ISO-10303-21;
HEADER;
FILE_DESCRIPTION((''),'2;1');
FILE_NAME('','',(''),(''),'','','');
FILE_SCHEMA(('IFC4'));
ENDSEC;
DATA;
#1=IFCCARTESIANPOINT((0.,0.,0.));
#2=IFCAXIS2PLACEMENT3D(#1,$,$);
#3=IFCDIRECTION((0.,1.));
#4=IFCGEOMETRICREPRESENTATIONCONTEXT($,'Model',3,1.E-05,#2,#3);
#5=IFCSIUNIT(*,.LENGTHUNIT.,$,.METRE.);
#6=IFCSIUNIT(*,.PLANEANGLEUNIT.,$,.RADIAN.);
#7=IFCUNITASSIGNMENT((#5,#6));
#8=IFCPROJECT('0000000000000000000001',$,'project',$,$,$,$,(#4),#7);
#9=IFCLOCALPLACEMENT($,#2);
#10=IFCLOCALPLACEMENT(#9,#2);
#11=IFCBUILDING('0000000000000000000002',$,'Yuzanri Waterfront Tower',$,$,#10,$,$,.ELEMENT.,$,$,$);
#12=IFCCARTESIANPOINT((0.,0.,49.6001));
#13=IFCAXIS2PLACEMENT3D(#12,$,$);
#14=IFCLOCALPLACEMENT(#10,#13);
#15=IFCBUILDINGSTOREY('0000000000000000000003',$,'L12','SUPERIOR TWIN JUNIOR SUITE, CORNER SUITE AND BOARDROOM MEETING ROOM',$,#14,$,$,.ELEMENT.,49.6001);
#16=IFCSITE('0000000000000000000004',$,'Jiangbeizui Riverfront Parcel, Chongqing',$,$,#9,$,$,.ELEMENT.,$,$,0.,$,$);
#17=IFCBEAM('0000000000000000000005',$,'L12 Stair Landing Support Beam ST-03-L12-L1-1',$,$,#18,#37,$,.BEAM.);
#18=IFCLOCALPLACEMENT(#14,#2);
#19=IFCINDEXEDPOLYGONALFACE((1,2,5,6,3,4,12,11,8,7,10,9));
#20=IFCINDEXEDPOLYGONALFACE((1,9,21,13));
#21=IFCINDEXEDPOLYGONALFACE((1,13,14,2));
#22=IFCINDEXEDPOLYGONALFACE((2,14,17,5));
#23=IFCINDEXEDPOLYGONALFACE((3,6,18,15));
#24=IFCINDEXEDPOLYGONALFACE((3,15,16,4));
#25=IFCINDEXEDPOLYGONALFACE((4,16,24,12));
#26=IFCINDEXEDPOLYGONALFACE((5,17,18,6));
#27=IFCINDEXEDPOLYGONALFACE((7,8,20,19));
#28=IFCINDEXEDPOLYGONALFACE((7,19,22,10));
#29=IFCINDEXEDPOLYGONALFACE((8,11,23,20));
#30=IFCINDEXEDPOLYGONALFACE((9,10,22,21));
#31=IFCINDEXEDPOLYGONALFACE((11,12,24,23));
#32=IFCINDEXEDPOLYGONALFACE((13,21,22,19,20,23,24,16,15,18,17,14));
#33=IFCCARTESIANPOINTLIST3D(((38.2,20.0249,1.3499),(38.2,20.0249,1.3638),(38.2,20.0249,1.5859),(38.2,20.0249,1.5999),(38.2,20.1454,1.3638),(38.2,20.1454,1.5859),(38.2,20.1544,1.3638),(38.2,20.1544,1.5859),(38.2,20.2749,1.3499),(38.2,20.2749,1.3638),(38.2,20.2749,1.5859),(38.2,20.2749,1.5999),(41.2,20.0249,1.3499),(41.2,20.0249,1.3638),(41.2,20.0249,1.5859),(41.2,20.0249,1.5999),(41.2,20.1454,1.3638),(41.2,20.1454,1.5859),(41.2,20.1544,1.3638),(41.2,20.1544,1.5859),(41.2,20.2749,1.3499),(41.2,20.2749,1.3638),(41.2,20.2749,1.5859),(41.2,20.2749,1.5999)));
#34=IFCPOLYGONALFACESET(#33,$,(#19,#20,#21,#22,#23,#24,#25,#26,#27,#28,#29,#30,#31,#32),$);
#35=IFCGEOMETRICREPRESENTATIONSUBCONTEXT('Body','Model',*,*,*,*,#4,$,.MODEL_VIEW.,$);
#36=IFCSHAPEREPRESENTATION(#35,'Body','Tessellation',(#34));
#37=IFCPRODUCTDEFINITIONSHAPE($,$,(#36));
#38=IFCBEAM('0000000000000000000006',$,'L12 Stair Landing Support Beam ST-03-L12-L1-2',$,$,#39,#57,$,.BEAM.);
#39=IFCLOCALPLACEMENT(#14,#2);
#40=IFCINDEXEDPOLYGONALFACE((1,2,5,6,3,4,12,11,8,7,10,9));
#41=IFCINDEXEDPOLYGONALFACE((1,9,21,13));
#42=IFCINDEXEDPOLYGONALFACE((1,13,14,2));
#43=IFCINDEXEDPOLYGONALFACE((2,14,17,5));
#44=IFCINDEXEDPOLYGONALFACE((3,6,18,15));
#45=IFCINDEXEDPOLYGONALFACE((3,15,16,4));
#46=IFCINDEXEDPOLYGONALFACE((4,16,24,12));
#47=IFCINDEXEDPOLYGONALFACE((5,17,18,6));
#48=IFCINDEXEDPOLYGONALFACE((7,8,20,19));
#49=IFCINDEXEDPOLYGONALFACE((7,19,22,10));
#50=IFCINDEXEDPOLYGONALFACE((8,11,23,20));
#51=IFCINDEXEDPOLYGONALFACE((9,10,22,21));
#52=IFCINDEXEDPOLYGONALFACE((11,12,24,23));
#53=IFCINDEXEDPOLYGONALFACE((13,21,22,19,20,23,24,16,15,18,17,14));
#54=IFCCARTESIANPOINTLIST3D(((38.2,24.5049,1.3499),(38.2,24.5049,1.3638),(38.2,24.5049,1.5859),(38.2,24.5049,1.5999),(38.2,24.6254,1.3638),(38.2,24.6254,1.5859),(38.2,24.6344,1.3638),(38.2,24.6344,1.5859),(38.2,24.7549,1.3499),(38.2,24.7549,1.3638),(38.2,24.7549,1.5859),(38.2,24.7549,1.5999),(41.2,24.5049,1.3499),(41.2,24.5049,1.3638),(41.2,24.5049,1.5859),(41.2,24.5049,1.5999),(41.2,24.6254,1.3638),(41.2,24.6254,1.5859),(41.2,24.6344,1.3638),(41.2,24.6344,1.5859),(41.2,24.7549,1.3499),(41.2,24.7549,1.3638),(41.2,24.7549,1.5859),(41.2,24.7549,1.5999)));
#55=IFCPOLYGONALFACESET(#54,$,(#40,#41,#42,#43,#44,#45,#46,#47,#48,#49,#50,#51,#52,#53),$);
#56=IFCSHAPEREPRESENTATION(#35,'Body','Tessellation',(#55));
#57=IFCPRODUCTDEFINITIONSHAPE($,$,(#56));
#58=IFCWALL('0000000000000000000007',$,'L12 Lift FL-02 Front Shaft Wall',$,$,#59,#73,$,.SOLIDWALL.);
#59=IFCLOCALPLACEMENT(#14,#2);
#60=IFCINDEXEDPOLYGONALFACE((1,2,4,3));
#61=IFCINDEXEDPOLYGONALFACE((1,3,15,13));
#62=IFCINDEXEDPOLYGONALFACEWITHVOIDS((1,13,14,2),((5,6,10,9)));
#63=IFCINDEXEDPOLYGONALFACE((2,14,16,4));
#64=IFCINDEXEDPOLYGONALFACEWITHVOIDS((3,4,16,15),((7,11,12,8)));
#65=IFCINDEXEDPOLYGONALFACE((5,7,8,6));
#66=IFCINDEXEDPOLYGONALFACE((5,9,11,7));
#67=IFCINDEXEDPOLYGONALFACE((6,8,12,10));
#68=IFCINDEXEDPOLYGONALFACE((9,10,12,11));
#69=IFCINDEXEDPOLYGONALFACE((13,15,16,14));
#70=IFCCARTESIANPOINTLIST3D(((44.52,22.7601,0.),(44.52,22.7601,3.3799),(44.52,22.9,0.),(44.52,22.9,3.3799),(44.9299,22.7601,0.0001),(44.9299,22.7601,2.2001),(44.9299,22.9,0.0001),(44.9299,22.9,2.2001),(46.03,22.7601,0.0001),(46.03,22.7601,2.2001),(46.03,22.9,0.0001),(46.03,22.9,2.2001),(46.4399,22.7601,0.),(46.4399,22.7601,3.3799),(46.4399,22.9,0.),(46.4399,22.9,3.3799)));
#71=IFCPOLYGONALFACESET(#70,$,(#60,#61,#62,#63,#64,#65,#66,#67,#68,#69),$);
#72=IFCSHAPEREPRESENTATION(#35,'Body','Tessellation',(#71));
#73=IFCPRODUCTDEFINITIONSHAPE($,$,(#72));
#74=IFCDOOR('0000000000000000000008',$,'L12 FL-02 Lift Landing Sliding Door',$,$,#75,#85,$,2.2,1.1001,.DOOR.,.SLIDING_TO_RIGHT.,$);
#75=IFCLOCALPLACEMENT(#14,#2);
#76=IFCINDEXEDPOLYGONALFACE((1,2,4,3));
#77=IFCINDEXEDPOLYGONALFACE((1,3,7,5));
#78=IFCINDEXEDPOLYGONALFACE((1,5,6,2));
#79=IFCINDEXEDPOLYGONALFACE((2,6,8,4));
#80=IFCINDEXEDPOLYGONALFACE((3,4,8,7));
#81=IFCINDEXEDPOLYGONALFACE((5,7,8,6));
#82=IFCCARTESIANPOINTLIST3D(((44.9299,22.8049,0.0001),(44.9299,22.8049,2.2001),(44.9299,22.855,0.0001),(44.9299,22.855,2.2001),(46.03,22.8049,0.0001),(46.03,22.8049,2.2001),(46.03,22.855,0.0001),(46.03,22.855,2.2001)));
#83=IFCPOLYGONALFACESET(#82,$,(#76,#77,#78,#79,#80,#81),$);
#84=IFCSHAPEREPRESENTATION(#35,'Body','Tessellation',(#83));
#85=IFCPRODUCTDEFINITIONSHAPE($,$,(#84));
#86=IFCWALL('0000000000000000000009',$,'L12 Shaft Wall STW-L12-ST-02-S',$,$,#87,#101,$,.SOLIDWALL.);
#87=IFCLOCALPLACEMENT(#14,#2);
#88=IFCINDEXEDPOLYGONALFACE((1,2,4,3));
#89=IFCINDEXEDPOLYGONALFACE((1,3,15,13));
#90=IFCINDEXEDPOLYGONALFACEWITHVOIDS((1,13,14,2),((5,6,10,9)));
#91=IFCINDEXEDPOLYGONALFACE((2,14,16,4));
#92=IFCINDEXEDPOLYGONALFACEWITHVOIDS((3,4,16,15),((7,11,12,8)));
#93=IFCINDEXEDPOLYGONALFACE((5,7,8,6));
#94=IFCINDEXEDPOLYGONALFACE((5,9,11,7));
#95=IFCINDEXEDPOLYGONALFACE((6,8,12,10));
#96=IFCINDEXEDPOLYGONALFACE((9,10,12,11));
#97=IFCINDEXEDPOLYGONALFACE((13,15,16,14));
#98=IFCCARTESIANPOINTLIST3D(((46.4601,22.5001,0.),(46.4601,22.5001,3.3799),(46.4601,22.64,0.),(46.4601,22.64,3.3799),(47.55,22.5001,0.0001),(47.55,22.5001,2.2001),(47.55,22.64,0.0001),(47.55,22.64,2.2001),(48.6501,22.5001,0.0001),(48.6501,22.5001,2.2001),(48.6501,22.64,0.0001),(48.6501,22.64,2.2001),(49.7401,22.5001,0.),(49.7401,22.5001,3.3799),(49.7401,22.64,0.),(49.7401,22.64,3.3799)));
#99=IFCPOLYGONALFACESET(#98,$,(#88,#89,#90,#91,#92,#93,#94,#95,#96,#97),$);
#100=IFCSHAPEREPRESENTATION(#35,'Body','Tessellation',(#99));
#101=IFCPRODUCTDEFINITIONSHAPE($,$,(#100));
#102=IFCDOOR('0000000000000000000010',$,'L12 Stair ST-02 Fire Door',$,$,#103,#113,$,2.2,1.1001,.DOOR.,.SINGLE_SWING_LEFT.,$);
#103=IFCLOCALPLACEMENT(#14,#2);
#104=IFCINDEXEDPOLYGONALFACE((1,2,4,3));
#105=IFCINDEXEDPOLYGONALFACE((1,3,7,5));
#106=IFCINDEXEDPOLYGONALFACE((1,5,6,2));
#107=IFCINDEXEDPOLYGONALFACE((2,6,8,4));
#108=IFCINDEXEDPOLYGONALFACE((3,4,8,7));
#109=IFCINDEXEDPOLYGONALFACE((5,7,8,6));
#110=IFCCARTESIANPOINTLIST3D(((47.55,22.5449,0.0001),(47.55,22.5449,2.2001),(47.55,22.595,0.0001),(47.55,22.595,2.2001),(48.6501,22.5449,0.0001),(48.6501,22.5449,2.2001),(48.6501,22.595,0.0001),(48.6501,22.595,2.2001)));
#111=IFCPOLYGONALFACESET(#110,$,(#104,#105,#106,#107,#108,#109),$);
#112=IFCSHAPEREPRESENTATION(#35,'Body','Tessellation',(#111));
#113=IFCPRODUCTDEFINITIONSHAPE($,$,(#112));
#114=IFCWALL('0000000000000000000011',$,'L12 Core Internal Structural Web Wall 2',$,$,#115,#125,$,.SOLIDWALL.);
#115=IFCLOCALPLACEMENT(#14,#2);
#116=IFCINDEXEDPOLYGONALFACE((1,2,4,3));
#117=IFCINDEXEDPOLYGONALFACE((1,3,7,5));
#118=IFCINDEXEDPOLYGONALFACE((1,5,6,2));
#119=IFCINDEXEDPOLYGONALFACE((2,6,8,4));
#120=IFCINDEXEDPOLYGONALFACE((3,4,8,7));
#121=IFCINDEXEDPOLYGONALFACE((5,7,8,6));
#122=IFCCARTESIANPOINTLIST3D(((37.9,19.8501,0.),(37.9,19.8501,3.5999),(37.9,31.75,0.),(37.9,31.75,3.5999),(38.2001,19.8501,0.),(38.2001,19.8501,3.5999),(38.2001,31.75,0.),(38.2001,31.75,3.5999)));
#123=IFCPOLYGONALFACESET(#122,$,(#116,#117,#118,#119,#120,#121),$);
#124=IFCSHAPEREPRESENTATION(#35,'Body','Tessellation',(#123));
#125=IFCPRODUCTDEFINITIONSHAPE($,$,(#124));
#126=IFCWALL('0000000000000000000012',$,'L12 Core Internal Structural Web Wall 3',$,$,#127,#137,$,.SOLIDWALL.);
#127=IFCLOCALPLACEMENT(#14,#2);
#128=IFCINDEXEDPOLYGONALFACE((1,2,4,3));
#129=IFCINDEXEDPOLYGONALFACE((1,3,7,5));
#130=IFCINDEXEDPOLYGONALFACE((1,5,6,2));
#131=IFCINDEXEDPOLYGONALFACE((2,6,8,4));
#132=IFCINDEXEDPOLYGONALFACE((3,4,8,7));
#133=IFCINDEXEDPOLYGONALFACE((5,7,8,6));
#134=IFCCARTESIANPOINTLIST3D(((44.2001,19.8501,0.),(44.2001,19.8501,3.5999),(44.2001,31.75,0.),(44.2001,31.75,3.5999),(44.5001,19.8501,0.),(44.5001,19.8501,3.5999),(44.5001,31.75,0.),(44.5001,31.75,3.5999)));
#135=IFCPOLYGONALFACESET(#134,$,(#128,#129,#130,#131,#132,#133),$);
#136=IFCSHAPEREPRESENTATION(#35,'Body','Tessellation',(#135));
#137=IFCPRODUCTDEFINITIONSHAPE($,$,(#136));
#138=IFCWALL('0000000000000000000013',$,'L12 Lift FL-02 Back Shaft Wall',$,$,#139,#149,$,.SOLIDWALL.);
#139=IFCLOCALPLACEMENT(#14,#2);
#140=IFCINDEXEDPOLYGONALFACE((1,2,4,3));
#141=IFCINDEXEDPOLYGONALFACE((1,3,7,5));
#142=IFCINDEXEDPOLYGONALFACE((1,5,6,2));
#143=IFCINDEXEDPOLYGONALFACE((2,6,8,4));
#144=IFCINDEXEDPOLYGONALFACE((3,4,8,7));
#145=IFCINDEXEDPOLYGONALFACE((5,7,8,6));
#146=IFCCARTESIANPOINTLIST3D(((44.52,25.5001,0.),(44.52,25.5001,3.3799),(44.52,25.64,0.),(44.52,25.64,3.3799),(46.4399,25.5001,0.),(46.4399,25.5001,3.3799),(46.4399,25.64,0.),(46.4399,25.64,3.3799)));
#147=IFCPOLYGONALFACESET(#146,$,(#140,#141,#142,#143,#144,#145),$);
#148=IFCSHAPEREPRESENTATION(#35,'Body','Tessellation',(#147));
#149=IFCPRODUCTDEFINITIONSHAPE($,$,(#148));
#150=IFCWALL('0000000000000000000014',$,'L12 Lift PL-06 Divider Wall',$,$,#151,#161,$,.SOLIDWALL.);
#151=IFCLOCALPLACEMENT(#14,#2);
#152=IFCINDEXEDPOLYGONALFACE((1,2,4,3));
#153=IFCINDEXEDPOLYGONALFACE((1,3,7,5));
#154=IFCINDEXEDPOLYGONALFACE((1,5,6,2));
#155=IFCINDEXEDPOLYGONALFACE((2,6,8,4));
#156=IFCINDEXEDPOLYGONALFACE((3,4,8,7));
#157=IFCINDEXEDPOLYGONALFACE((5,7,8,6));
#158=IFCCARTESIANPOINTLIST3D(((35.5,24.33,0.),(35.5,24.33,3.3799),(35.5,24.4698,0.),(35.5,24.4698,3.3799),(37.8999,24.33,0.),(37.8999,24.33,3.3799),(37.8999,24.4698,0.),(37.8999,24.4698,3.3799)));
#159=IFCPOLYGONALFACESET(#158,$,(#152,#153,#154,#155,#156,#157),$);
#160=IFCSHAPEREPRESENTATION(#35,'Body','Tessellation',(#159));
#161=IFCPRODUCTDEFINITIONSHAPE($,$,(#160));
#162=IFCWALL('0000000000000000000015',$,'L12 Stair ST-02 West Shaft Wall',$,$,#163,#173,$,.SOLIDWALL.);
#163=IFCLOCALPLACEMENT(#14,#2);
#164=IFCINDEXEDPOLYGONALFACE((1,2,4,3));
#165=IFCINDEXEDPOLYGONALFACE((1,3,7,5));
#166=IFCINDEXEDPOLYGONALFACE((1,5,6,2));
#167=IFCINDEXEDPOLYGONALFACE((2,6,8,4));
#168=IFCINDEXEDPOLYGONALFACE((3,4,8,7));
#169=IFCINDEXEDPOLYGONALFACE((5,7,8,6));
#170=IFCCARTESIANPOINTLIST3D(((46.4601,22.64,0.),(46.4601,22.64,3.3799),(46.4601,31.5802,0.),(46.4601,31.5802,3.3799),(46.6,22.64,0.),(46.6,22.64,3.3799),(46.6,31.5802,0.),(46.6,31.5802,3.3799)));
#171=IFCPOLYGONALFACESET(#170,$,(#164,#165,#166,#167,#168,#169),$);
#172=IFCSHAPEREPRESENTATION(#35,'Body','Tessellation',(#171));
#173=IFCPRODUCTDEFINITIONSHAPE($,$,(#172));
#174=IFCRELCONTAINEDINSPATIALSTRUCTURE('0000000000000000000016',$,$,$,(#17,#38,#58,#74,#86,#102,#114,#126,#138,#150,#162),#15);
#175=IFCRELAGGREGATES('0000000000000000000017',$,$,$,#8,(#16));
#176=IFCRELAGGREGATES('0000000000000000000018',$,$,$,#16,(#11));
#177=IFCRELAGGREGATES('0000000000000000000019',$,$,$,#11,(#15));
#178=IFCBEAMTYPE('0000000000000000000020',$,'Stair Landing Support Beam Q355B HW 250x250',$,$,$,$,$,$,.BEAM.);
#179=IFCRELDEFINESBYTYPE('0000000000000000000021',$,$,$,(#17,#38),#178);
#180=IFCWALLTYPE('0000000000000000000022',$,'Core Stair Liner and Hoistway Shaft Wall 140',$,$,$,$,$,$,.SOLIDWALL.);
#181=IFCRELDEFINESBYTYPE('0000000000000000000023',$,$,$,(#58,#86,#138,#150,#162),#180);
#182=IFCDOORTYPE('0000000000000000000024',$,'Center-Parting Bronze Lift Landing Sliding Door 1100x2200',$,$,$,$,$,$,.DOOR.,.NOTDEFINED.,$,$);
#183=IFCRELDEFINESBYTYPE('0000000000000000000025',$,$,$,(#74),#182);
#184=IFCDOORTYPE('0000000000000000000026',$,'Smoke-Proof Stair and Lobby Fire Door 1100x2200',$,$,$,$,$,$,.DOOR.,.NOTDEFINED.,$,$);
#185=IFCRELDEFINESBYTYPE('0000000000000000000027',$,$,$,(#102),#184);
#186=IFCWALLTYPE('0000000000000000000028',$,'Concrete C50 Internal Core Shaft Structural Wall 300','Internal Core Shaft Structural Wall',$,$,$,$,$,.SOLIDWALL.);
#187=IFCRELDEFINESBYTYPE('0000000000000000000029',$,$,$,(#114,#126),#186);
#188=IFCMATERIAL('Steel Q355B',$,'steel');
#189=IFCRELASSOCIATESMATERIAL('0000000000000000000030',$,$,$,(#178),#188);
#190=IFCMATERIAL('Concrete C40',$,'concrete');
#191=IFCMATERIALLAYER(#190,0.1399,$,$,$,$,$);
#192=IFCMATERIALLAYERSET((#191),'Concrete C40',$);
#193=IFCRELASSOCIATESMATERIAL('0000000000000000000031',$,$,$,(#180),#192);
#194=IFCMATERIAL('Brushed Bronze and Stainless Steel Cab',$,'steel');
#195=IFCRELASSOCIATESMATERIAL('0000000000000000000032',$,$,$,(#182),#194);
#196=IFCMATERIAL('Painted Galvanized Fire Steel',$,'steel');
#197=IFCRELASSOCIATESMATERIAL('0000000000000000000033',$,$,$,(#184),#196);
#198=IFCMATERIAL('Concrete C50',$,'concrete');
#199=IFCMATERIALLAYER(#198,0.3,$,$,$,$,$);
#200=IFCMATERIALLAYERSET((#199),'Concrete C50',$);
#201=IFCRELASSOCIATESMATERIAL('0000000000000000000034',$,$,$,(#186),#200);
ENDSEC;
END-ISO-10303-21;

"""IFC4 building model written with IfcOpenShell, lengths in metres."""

from ifc_helpers import new_model, si_unit, direction, frame, frame_2d, origin, origin_2d, place, context, subcontext, project, spatial, rectangle, i_section, extrude, source, transform, mapped, material, layer, layer_set, material_profile, profile_set, type_object, element, fill, save


model = new_model("IFC4")

# Units and contexts
model_context = context("Model", 3, precision=1e-05, world=origin(), true_north=direction((0.0, 1.0)))
body_context = subcontext(model_context, "Body", "Model", "MODEL_VIEW")
ifc_project = project(units=[si_unit("LENGTHUNIT", "METRE"), si_unit("PLANEANGLEUNIT", "RADIAN")], contexts=[model_context])

# Site, building, storey
site_placement = place(None, origin())
site = spatial("IfcSite", under=ifc_project, at=site_placement, Name="Jiangbeizui Riverfront Parcel, Chongqing", CompositionType="ELEMENT", RefElevation=0.0)
building_placement = place(site_placement, origin())
building = spatial("IfcBuilding", under=site, at=building_placement, Name="Yuzanri Waterfront Tower", CompositionType="ELEMENT")
storey_placement = place(building_placement, frame((0.0, 0.0, 49.6001)))
storey = spatial("IfcBuildingStorey", under=building, at=storey_placement, Name="L12", Description="SUPERIOR TWIN JUNIOR SUITE, CORNER SUITE AND BOARDROOM MEETING ROOM", CompositionType="ELEMENT", Elevation=49.6001)

# Beams
ifc_material_1 = material(Name="Steel Q355B", Category="steel")
ifc_material_profile = material_profile(ifc_material_1, i_section(OverallWidth=0.25, OverallDepth=0.25, WebThickness=0.009, FlangeThickness=0.0139, at=origin_2d()), Name="HW 250x250x9x14")
ifc_profile_set = profile_set([ifc_material_profile], Name="Steel Q355B")
beam_type = type_object("IfcBeamType", Name="Stair Landing Support Beam Q355B HW 250x250", PredefinedType="BEAM", material=ifc_profile_set)
shared_shape_1 = source(origin(), body_context, "Body", "SweptSolid", [
    extrude(i_section(OverallWidth=0.25, OverallDepth=0.25, WebThickness=0.009, FlangeThickness=0.0139, at=origin_2d()), origin(), (0.0, 0.0, 1.0), 3.0),
])
for number, where, z_axis, x_axis, name in (
    (1, (38.2, 20.1499, 1.4749), (1.0, 0.0, 0.0), (0.0, 1.0, 0.0), "L12 Stair Landing Support Beam ST-03-L12-L1-1"),
    (2, (38.2, 24.6299, 1.4749), (1.0, 0.0, 0.0), (0.0, 1.0, 0.0), "L12 Stair Landing Support Beam ST-03-L12-L1-2"),
):
    element("IfcBeam", number, at=place(storey_placement, frame(where, z_axis=z_axis, x_axis=x_axis)), inside=storey, type_object=beam_type, Name=name, PredefinedType="BEAM", context=body_context, shape_type="MappedRepresentation", body=[
        mapped(shared_shape_1, transform((0.0, 0.0, 0.0), scale=1.0)),
    ])

# Walls, openings, doors
ifc_material_2 = material(Name="Concrete C40", Category="concrete")
ifc_layer_1 = layer(ifc_material_2, 0.1399)
ifc_layer_set_1 = layer_set([ifc_layer_1], Name="Concrete C40")
wall_type_1 = type_object("IfcWallType", Name="Core Stair Liner and Hoistway Shaft Wall 140", PredefinedType="SOLIDWALL", material=ifc_layer_set_1)
wall_1_placement = place(storey_placement, frame((44.52, 22.8301, 0.0), z_axis=(0.0, 0.0, 1.0), x_axis=(1.0, 0.0, 0.0)))
wall_1 = element("IfcWall", 3, at=wall_1_placement, inside=storey, type_object=wall_type_1, Name="L12 Lift FL-02 Front Shaft Wall", PredefinedType="SOLIDWALL", context=body_context, shape_type="SweptSolid", body=[
    extrude(rectangle(XDim=1.9199, YDim=0.1399, at=frame_2d((0.96, 0.0))), origin(), (0.0, 0.0, 1.0), 3.3799),
])
opening_1_placement = place(wall_1_placement, frame((0.4099, 0.0, 0.0)))
opening_1 = element("IfcOpeningElement", 4, at=opening_1_placement, cuts=wall_1, PredefinedType="OPENING", context=body_context, shape_type="SweptSolid", body=[
    extrude(rectangle(XDim=1.1001, YDim=2.2, at=frame_2d((0.55, 1.1001))), frame((0.0, 0.085, 0.0), z_axis=(0.0, -1.0, 0.0), x_axis=(1.0, 0.0, 0.0)), (0.0, 0.0, 1.0), 0.1697),
])
ifc_material_3 = material(Name="Brushed Bronze and Stainless Steel Cab", Category="steel")
door_type_1 = type_object("IfcDoorType", Name="Center-Parting Bronze Lift Landing Sliding Door 1100x2200", OperationType="NOTDEFINED", PredefinedType="DOOR", material=ifc_material_3)
shared_shape_2 = source(origin(), body_context, "Body", "SweptSolid", [
    extrude(rectangle(XDim=1.1001, YDim=2.2, at=frame_2d((0.55, 1.1001))), frame((0.0, 0.0249, 0.0), z_axis=(0.0, -1.0, 0.0), x_axis=(1.0, 0.0, 0.0)), (0.0, 0.0, 1.0), 0.05),
])
door_1_placement = place(opening_1_placement, origin())
door_1 = element("IfcDoor", 5, at=door_1_placement, inside=storey, type_object=door_type_1, Name="L12 FL-02 Lift Landing Sliding Door", OperationType="SLIDING_TO_RIGHT", OverallHeight=2.2, OverallWidth=1.1001, PredefinedType="DOOR", context=body_context, shape_type="MappedRepresentation", body=[
    mapped(shared_shape_2, transform((0.0, 0.0, 0.0), scale=1.0)),
])
fill(opening_1, door_1)
wall_2_placement = place(storey_placement, frame((46.46, 22.5701, 0.0), z_axis=(0.0, 0.0, 1.0), x_axis=(1.0, 0.0, 0.0)))
wall_2 = element("IfcWall", 6, at=wall_2_placement, inside=storey, type_object=wall_type_1, Name="L12 Shaft Wall STW-L12-ST-02-S", PredefinedType="SOLIDWALL", context=body_context, shape_type="SweptSolid", body=[
    extrude(rectangle(XDim=3.28, YDim=0.1399, at=frame_2d((1.6401, 0.0))), origin(), (0.0, 0.0, 1.0), 3.3799),
])
opening_2_placement = place(wall_2_placement, frame((1.0901, 0.0, 0.0)))
opening_2 = element("IfcOpeningElement", 7, at=opening_2_placement, cuts=wall_2, PredefinedType="OPENING", context=body_context, shape_type="SweptSolid", body=[
    extrude(rectangle(XDim=1.1001, YDim=2.2, at=frame_2d((0.55, 1.1001))), frame((0.0, 0.085, 0.0), z_axis=(0.0, -1.0, 0.0), x_axis=(1.0, 0.0, 0.0)), (0.0, 0.0, 1.0), 0.1697),
])
ifc_material_4 = material(Name="Painted Galvanized Fire Steel", Category="steel")
door_type_2 = type_object("IfcDoorType", Name="Smoke-Proof Stair and Lobby Fire Door 1100x2200", OperationType="NOTDEFINED", PredefinedType="DOOR", material=ifc_material_4)
shared_shape_3 = source(origin(), body_context, "Body", "SweptSolid", [
    extrude(rectangle(XDim=1.1001, YDim=2.2, at=frame_2d((0.55, 1.1001))), frame((0.0, 0.0249, 0.0), z_axis=(0.0, -1.0, 0.0), x_axis=(1.0, 0.0, 0.0)), (0.0, 0.0, 1.0), 0.05),
])
door_2_placement = place(opening_2_placement, origin())
door_2 = element("IfcDoor", 8, at=door_2_placement, inside=storey, type_object=door_type_2, Name="L12 Stair ST-02 Fire Door", OperationType="SINGLE_SWING_LEFT", OverallHeight=2.2, OverallWidth=1.1001, PredefinedType="DOOR", context=body_context, shape_type="MappedRepresentation", body=[
    mapped(shared_shape_3, transform((0.0, 0.0, 0.0), scale=1.0)),
])
fill(opening_2, door_2)

# Walls
ifc_material_5 = material(Name="Concrete C50", Category="concrete")
ifc_layer_2 = layer(ifc_material_5, 0.3)
ifc_layer_set_2 = layer_set([ifc_layer_2], Name="Concrete C50")
wall_type_2 = type_object("IfcWallType", Name="Concrete C50 Internal Core Shaft Structural Wall 300", Description="Internal Core Shaft Structural Wall", PredefinedType="SOLIDWALL", material=ifc_layer_set_2)
shared_shape_4 = source(origin(), body_context, "Body", "SweptSolid", [
    extrude(rectangle(XDim=11.8999, YDim=0.3, at=frame_2d((5.95, 0.0))), origin(), (0.0, 0.0, 1.0), 3.5999),
])
for number, where, z_axis, x_axis, name in (
    (9, (38.05, 19.8501, 0.0), (0.0, 0.0, 1.0), (0.0, 1.0, 0.0), "L12 Core Internal Structural Web Wall 2"),
    (10, (44.3501, 19.8501, 0.0), (0.0, 0.0, 1.0), (0.0, 1.0, 0.0), "L12 Core Internal Structural Web Wall 3"),
):
    element("IfcWall", number, at=place(storey_placement, frame(where, z_axis=z_axis, x_axis=x_axis)), inside=storey, type_object=wall_type_2, Name=name, PredefinedType="SOLIDWALL", context=body_context, shape_type="MappedRepresentation", body=[
        mapped(shared_shape_4, transform((0.0, 0.0, 0.0), scale=1.0)),
    ])
shared_shape_5 = source(origin(), body_context, "Body", "SweptSolid", [
    extrude(rectangle(XDim=1.9199, YDim=0.1399, at=frame_2d((0.96, 0.0))), origin(), (0.0, 0.0, 1.0), 3.3799),
])
wall_3_placement = place(storey_placement, frame((44.52, 25.5701, 0.0), z_axis=(0.0, 0.0, 1.0), x_axis=(1.0, 0.0, 0.0)))
element("IfcWall", 11, at=wall_3_placement, inside=storey, type_object=wall_type_1, Name="L12 Lift FL-02 Back Shaft Wall", PredefinedType="SOLIDWALL", context=body_context, shape_type="MappedRepresentation", body=[
    mapped(shared_shape_5, transform((0.0, 0.0, 0.0), scale=1.0)),
])
shared_shape_6 = source(origin(), body_context, "Body", "SweptSolid", [
    extrude(rectangle(XDim=2.3999, YDim=0.1399, at=frame_2d((1.2, 0.0))), origin(), (0.0, 0.0, 1.0), 3.3799),
])
wall_4_placement = place(storey_placement, frame((35.5, 24.3999, 0.0), z_axis=(0.0, 0.0, 1.0), x_axis=(1.0, 0.0, 0.0)))
element("IfcWall", 12, at=wall_4_placement, inside=storey, type_object=wall_type_1, Name="L12 Lift PL-06 Divider Wall", PredefinedType="SOLIDWALL", context=body_context, shape_type="MappedRepresentation", body=[
    mapped(shared_shape_6, transform((0.0, 0.0, 0.0), scale=1.0)),
])
shared_shape_7 = source(origin(), body_context, "Body", "SweptSolid", [
    extrude(rectangle(XDim=8.9402, YDim=0.1399, at=frame_2d((4.4702, 0.0))), origin(), (0.0, 0.0, 1.0), 3.3799),
])
wall_5_placement = place(storey_placement, frame((46.53, 22.6399, 0.0), z_axis=(0.0, 0.0, 1.0), x_axis=(0.0, 1.0, 0.0)))
element("IfcWall", 13, at=wall_5_placement, inside=storey, type_object=wall_type_1, Name="L12 Stair ST-02 West Shaft Wall", PredefinedType="SOLIDWALL", context=body_context, shape_type="MappedRepresentation", body=[
    mapped(shared_shape_7, transform((0.0, 0.0, 0.0), scale=1.0)),
])

save(model, "model.ifc")
